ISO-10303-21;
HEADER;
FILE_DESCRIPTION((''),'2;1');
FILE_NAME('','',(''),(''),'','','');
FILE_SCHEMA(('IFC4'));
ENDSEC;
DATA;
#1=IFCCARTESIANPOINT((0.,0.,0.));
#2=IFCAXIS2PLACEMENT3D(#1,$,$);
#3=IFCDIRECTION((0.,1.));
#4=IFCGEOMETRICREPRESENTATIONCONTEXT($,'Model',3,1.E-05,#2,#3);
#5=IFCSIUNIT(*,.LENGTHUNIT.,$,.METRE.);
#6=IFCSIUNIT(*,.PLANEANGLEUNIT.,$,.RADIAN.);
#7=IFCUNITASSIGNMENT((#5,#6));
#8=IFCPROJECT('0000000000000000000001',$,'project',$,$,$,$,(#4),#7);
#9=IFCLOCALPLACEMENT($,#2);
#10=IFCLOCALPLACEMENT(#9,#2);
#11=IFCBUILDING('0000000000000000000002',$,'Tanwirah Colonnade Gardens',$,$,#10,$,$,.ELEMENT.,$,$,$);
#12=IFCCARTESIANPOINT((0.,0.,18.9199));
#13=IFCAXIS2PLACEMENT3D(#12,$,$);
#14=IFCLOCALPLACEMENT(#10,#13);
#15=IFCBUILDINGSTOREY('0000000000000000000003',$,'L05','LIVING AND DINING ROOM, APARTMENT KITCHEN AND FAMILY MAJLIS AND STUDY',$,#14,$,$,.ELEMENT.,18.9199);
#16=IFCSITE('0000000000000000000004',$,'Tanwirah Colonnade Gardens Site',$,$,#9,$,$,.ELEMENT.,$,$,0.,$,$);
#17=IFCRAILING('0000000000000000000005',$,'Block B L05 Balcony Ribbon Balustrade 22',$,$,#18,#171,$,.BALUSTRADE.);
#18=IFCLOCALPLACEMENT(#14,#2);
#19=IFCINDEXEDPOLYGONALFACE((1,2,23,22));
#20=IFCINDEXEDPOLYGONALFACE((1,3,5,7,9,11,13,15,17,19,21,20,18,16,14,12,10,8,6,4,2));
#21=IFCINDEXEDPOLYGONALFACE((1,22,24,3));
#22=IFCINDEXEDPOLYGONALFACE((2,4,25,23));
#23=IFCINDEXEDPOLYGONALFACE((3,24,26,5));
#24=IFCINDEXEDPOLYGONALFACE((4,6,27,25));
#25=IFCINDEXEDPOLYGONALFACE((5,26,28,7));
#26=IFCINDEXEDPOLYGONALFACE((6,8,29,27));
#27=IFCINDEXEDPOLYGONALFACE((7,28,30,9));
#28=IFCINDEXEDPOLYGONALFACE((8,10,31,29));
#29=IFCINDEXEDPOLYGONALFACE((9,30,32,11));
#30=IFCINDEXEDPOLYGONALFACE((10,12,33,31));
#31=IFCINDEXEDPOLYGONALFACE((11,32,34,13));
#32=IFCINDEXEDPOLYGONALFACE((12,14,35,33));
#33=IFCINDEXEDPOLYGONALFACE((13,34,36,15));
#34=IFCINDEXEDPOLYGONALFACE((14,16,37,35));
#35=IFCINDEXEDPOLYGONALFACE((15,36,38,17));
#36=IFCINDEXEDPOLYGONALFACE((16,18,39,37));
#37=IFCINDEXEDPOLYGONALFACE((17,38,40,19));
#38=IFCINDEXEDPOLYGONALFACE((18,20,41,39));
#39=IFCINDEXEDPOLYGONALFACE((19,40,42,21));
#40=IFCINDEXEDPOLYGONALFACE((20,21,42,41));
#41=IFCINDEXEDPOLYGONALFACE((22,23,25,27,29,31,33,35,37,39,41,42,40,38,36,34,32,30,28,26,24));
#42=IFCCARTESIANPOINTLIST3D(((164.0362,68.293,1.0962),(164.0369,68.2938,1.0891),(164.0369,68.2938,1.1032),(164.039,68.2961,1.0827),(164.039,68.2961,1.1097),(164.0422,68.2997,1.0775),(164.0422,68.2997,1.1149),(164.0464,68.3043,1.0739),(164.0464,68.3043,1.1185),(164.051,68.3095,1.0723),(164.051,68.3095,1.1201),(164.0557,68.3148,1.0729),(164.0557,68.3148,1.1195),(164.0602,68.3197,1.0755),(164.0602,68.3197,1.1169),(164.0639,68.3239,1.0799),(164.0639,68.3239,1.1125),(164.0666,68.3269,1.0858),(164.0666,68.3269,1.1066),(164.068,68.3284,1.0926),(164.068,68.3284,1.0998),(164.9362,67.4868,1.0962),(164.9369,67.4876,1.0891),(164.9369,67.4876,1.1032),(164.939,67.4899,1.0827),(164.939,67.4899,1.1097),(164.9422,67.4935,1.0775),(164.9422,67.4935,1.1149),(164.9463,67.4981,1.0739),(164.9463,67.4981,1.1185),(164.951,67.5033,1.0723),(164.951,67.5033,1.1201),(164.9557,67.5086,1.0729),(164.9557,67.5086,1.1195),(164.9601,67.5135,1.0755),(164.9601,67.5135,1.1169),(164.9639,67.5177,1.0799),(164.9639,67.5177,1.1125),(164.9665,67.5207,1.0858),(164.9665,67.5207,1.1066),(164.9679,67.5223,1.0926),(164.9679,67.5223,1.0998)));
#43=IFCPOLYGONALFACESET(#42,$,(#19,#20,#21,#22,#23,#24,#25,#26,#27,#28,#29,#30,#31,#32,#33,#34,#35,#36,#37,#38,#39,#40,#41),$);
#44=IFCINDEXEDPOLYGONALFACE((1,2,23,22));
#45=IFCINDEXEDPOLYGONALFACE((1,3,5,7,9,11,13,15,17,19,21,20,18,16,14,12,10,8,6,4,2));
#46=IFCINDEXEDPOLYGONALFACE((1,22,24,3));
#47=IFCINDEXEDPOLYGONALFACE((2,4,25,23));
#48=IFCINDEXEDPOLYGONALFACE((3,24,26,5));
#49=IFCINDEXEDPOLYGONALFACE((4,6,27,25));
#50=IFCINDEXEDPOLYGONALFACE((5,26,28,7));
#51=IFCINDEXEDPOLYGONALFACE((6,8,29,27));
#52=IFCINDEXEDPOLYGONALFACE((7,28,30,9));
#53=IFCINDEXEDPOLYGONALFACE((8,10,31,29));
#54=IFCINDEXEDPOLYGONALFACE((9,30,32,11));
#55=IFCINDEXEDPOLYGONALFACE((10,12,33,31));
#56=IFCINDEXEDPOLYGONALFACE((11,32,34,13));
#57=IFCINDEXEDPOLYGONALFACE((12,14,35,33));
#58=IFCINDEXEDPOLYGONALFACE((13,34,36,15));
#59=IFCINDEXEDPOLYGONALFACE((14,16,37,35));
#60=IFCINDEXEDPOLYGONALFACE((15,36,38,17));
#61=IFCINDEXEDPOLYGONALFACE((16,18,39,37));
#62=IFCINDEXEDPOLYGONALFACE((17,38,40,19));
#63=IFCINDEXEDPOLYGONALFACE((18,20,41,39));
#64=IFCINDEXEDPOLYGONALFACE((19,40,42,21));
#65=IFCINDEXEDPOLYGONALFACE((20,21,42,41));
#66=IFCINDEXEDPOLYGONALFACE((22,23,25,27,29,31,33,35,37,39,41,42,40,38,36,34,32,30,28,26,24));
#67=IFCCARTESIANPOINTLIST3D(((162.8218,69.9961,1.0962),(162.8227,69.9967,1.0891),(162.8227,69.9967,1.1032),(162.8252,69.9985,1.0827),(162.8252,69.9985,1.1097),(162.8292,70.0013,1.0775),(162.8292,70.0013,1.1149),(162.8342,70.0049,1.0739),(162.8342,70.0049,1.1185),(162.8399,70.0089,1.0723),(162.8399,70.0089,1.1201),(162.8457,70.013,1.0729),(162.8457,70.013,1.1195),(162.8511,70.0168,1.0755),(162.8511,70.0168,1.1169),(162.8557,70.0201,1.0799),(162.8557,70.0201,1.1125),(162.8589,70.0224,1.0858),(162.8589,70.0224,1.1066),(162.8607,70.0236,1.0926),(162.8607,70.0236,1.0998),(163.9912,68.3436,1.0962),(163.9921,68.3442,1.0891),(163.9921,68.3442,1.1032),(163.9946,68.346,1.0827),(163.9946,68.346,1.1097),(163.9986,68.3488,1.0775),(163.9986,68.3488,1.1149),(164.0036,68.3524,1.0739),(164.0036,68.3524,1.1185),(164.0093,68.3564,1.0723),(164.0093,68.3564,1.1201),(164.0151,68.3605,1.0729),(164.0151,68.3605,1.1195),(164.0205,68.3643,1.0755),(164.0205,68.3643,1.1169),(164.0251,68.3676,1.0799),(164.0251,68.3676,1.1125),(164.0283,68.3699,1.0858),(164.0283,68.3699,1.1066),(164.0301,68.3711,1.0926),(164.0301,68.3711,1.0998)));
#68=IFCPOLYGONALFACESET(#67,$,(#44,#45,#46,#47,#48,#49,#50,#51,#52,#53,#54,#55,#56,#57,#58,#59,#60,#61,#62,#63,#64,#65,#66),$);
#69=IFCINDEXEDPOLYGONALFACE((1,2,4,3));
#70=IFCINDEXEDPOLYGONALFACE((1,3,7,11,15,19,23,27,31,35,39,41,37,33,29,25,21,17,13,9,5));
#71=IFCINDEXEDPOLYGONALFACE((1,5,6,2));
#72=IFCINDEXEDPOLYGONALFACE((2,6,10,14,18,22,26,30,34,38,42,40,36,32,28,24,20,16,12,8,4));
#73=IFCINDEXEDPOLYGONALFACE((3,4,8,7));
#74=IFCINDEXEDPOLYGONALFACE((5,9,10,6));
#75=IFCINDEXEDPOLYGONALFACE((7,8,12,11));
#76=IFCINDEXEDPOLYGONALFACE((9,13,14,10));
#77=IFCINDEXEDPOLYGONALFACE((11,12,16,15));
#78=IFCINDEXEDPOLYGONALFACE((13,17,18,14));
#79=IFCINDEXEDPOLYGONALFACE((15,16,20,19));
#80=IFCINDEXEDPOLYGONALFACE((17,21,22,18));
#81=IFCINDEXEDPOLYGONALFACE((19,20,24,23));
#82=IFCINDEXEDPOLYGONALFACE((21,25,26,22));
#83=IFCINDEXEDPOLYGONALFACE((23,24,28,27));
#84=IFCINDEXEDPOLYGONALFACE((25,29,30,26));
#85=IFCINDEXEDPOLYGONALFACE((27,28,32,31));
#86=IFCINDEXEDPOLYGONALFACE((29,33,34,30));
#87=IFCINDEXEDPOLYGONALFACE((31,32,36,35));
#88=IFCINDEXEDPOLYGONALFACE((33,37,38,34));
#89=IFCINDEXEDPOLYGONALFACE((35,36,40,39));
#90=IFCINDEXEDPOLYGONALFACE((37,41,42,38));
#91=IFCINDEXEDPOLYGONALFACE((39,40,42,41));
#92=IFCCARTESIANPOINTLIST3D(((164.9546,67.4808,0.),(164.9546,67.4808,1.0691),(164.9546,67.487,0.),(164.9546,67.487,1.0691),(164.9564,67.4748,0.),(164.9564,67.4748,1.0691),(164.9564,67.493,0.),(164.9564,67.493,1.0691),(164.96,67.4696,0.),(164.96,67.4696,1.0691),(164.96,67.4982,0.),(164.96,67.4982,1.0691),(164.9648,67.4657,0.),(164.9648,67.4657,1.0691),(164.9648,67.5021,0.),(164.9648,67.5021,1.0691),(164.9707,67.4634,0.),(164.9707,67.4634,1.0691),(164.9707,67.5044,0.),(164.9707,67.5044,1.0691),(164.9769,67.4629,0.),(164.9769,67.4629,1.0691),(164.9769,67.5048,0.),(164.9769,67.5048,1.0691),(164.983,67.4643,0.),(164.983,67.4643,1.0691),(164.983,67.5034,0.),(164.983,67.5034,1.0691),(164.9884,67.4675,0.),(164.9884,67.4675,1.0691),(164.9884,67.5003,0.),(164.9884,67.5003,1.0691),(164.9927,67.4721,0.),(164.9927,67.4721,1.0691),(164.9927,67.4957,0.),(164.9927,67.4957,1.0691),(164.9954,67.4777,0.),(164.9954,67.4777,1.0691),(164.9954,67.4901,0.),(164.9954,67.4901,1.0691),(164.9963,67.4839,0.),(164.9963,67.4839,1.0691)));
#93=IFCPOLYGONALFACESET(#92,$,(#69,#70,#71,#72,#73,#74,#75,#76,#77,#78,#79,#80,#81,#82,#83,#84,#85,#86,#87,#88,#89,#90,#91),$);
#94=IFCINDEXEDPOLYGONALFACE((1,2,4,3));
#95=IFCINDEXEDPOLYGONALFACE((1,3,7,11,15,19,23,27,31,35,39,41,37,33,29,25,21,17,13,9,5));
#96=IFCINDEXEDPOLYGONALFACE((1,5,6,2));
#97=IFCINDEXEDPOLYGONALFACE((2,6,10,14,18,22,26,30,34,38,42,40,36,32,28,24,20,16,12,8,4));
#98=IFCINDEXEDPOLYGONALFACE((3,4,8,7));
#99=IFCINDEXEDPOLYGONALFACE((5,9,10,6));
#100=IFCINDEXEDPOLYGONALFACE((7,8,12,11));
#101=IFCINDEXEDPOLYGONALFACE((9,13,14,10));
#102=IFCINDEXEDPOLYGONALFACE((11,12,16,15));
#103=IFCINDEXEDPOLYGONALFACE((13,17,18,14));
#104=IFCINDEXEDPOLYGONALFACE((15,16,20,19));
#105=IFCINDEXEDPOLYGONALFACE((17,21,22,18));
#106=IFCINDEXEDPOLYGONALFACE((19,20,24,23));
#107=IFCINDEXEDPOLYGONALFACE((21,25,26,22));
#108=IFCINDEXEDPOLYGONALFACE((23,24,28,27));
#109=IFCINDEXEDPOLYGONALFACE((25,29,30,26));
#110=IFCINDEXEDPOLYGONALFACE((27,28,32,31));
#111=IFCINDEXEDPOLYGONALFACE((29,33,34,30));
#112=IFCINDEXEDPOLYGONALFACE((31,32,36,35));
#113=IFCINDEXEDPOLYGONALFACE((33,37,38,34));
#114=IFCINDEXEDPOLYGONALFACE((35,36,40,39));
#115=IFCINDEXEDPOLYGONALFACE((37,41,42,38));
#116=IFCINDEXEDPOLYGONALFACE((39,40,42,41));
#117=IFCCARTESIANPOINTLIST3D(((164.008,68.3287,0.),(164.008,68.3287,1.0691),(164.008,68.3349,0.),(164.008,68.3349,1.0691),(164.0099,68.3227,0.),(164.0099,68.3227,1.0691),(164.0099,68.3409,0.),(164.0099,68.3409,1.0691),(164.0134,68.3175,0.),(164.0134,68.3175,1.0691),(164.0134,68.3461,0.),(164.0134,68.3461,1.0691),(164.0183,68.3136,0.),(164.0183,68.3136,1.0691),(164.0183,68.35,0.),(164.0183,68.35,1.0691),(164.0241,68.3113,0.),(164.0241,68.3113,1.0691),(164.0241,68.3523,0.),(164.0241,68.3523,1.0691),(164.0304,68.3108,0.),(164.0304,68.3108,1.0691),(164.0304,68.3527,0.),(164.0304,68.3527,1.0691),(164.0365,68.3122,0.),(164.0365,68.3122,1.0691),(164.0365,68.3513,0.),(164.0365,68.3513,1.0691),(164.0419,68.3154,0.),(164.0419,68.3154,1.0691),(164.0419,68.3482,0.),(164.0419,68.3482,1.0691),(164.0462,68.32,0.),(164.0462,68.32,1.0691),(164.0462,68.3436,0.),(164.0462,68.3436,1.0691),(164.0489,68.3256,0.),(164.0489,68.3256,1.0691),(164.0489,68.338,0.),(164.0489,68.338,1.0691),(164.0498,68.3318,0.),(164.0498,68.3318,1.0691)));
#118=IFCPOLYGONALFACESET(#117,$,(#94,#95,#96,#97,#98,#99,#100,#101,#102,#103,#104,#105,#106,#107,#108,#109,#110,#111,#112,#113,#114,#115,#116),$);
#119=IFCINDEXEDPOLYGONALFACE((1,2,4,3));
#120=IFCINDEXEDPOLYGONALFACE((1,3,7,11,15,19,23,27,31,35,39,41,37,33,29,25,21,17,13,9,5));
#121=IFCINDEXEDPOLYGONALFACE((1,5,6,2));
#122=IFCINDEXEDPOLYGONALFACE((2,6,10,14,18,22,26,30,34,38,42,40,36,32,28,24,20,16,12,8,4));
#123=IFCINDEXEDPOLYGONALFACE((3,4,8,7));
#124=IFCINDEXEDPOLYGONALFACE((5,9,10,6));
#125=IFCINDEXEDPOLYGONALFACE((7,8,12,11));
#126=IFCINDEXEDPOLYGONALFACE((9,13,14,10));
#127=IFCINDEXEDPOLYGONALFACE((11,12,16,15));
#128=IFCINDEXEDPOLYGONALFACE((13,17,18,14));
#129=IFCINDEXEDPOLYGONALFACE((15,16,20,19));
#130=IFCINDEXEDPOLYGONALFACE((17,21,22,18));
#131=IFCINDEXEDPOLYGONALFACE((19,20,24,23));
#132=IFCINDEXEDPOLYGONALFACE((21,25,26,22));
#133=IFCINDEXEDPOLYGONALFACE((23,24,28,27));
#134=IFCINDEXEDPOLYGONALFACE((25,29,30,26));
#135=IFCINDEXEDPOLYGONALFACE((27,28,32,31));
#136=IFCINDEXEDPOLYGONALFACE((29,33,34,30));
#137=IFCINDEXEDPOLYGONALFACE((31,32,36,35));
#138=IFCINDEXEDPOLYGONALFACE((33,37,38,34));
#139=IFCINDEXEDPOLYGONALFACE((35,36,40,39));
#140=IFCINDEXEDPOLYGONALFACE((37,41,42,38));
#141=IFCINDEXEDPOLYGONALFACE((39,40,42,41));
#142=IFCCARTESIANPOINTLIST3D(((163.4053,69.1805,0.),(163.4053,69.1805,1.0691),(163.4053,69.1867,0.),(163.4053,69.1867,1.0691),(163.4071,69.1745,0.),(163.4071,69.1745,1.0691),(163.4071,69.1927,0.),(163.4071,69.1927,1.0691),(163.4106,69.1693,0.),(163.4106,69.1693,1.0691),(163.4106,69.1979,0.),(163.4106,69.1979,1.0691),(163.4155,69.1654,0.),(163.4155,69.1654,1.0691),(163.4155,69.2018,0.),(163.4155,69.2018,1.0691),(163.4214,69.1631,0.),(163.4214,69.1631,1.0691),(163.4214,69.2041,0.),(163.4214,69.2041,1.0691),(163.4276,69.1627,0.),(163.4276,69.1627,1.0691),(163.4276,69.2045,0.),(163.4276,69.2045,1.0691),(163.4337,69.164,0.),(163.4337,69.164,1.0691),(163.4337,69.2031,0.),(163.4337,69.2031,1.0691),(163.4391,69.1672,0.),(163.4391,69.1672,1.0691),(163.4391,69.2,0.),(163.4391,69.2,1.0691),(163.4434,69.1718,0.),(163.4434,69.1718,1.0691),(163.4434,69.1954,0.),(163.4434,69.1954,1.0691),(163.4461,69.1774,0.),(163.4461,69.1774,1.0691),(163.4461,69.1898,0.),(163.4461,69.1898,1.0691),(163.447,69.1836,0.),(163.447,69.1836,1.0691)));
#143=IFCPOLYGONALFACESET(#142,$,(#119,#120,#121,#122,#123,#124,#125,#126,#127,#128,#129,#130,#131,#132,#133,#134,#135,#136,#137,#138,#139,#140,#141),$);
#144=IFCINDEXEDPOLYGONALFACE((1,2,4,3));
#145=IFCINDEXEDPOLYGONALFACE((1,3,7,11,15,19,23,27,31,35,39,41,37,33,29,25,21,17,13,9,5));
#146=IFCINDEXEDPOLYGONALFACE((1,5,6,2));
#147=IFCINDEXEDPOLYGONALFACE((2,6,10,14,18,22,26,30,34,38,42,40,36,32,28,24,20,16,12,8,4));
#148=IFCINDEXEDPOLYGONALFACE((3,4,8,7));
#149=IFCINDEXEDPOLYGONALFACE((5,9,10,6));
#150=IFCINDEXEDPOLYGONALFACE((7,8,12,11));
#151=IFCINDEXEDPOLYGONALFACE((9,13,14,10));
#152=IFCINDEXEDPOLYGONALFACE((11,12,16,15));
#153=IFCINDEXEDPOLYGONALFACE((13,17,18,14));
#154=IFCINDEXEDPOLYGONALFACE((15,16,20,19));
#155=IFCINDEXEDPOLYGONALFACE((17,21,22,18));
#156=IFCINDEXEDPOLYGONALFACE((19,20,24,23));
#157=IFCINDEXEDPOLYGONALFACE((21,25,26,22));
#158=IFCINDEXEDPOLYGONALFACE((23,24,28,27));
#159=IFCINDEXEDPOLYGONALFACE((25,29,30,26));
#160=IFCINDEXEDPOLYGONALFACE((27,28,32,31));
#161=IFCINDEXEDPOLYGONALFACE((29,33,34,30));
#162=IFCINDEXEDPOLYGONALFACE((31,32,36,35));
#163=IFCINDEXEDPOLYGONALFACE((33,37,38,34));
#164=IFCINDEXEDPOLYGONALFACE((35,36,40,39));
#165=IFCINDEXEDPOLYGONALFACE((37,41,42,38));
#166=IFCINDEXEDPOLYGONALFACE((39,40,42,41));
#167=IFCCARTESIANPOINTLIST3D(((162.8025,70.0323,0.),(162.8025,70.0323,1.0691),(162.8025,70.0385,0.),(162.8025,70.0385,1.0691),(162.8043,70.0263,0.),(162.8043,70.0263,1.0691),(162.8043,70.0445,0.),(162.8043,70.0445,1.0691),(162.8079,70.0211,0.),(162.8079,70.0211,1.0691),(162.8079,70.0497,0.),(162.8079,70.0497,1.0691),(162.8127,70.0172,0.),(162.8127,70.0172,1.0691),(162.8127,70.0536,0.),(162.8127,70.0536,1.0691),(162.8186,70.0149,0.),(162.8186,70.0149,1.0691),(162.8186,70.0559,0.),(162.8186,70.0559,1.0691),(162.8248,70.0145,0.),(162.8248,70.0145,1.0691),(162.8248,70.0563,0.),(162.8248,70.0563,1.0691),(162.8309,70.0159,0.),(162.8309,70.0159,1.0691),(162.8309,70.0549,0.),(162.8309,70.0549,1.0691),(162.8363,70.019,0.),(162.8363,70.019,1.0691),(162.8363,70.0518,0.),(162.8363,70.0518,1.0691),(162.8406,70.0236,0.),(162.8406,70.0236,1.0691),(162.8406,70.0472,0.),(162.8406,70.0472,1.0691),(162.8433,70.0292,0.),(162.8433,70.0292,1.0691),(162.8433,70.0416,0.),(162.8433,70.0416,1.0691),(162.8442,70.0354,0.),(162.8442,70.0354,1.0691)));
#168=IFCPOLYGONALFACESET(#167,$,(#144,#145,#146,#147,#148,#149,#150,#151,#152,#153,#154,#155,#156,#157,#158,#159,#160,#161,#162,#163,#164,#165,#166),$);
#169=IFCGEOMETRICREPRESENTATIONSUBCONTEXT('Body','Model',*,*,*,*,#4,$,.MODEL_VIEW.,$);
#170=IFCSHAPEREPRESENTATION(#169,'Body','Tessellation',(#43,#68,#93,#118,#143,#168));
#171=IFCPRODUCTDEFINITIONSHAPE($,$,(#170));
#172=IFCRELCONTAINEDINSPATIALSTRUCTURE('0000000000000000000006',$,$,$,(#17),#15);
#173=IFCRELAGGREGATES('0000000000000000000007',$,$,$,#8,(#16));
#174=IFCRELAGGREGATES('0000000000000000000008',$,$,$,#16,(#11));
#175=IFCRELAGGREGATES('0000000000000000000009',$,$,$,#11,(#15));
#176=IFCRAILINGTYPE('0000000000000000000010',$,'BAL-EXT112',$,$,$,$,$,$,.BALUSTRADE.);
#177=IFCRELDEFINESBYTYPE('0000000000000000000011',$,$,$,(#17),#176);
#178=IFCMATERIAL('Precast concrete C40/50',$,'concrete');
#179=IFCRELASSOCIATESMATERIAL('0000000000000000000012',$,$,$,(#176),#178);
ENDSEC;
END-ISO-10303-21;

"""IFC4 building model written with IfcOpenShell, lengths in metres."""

from ifc_helpers import new_model, si_unit, direction, frame, origin, origin_2d, place, context, subcontext, project, spatial, circle, extrude, material, type_object, element, save


model = new_model("IFC4")

# Units and contexts
model_context = context("Model", 3, precision=1e-05, world=origin(), true_north=direction((0.0, 1.0)))
body_context = subcontext(model_context, "Body", "Model", "MODEL_VIEW")
ifc_project = project(units=[si_unit("LENGTHUNIT", "METRE"), si_unit("PLANEANGLEUNIT", "RADIAN")], contexts=[model_context])

# Site, building, storey
site_placement = place(None, origin())
site = spatial("IfcSite", under=ifc_project, at=site_placement, Name="Tanwirah Colonnade Gardens Site", CompositionType="ELEMENT", RefElevation=0.0)
building_placement = place(site_placement, origin())
building = spatial("IfcBuilding", under=site, at=building_placement, Name="Tanwirah Colonnade Gardens", CompositionType="ELEMENT")
storey_placement = place(building_placement, frame((0.0, 0.0, 18.9199)))
storey = spatial("IfcBuildingStorey", under=building, at=storey_placement, Name="L05", Description="LIVING AND DINING ROOM, APARTMENT KITCHEN AND FAMILY MAJLIS AND STUDY", CompositionType="ELEMENT", Elevation=18.9199)

# Shared definitions
ifc_material_1 = material(Name="Precast concrete C40/50", Category="concrete")

# Railing
railing_type_1 = type_object("IfcRailingType", Name="BAL-EXT112", PredefinedType="BALUSTRADE", material=ifc_material_1)
railing_1_placement = place(storey_placement, frame((164.9753, 67.4839, 0.0)))
element("IfcRailing", 1, at=railing_1_placement, inside=storey, type_object=railing_type_1, Name="Block B L05 Balcony Ribbon Balustrade 22", PredefinedType="BALUSTRADE", context=body_context, shape_type="SweptSolid", body=[
    extrude(circle(Radius=0.0239, at=origin_2d()), frame((-0.0232, 0.0208, 1.0962), z_axis=(-0.744849, 0.667233, 0.0), x_axis=(-0.667233, -0.744849, 0.0)), (0.0, 0.0, 1.0), 1.2083),
    extrude(circle(Radius=0.0239, at=origin_2d()), frame((-0.9646, 0.8735, 1.0962), z_axis=(-0.577647, 0.816286, 0.0), x_axis=(-0.816286, -0.577647, 0.0)), (0.0, 0.0, 1.0), 2.0244),
    extrude(circle(Radius=0.021, at=origin_2d()), origin(), (0.0, 0.0, 1.0), 1.0691),
    extrude(circle(Radius=0.021, at=origin_2d()), frame((-0.9465, 0.8479, 0.0)), (0.0, 0.0, 1.0), 1.0691),
    extrude(circle(Radius=0.021, at=origin_2d()), frame((-1.5493, 1.6997, 0.0)), (0.0, 0.0, 1.0), 1.0691),
    extrude(circle(Radius=0.021, at=origin_2d()), frame((-2.1521, 2.5515, 0.0)), (0.0, 0.0, 1.0), 1.0691),
])

save(model, "model.ifc")
